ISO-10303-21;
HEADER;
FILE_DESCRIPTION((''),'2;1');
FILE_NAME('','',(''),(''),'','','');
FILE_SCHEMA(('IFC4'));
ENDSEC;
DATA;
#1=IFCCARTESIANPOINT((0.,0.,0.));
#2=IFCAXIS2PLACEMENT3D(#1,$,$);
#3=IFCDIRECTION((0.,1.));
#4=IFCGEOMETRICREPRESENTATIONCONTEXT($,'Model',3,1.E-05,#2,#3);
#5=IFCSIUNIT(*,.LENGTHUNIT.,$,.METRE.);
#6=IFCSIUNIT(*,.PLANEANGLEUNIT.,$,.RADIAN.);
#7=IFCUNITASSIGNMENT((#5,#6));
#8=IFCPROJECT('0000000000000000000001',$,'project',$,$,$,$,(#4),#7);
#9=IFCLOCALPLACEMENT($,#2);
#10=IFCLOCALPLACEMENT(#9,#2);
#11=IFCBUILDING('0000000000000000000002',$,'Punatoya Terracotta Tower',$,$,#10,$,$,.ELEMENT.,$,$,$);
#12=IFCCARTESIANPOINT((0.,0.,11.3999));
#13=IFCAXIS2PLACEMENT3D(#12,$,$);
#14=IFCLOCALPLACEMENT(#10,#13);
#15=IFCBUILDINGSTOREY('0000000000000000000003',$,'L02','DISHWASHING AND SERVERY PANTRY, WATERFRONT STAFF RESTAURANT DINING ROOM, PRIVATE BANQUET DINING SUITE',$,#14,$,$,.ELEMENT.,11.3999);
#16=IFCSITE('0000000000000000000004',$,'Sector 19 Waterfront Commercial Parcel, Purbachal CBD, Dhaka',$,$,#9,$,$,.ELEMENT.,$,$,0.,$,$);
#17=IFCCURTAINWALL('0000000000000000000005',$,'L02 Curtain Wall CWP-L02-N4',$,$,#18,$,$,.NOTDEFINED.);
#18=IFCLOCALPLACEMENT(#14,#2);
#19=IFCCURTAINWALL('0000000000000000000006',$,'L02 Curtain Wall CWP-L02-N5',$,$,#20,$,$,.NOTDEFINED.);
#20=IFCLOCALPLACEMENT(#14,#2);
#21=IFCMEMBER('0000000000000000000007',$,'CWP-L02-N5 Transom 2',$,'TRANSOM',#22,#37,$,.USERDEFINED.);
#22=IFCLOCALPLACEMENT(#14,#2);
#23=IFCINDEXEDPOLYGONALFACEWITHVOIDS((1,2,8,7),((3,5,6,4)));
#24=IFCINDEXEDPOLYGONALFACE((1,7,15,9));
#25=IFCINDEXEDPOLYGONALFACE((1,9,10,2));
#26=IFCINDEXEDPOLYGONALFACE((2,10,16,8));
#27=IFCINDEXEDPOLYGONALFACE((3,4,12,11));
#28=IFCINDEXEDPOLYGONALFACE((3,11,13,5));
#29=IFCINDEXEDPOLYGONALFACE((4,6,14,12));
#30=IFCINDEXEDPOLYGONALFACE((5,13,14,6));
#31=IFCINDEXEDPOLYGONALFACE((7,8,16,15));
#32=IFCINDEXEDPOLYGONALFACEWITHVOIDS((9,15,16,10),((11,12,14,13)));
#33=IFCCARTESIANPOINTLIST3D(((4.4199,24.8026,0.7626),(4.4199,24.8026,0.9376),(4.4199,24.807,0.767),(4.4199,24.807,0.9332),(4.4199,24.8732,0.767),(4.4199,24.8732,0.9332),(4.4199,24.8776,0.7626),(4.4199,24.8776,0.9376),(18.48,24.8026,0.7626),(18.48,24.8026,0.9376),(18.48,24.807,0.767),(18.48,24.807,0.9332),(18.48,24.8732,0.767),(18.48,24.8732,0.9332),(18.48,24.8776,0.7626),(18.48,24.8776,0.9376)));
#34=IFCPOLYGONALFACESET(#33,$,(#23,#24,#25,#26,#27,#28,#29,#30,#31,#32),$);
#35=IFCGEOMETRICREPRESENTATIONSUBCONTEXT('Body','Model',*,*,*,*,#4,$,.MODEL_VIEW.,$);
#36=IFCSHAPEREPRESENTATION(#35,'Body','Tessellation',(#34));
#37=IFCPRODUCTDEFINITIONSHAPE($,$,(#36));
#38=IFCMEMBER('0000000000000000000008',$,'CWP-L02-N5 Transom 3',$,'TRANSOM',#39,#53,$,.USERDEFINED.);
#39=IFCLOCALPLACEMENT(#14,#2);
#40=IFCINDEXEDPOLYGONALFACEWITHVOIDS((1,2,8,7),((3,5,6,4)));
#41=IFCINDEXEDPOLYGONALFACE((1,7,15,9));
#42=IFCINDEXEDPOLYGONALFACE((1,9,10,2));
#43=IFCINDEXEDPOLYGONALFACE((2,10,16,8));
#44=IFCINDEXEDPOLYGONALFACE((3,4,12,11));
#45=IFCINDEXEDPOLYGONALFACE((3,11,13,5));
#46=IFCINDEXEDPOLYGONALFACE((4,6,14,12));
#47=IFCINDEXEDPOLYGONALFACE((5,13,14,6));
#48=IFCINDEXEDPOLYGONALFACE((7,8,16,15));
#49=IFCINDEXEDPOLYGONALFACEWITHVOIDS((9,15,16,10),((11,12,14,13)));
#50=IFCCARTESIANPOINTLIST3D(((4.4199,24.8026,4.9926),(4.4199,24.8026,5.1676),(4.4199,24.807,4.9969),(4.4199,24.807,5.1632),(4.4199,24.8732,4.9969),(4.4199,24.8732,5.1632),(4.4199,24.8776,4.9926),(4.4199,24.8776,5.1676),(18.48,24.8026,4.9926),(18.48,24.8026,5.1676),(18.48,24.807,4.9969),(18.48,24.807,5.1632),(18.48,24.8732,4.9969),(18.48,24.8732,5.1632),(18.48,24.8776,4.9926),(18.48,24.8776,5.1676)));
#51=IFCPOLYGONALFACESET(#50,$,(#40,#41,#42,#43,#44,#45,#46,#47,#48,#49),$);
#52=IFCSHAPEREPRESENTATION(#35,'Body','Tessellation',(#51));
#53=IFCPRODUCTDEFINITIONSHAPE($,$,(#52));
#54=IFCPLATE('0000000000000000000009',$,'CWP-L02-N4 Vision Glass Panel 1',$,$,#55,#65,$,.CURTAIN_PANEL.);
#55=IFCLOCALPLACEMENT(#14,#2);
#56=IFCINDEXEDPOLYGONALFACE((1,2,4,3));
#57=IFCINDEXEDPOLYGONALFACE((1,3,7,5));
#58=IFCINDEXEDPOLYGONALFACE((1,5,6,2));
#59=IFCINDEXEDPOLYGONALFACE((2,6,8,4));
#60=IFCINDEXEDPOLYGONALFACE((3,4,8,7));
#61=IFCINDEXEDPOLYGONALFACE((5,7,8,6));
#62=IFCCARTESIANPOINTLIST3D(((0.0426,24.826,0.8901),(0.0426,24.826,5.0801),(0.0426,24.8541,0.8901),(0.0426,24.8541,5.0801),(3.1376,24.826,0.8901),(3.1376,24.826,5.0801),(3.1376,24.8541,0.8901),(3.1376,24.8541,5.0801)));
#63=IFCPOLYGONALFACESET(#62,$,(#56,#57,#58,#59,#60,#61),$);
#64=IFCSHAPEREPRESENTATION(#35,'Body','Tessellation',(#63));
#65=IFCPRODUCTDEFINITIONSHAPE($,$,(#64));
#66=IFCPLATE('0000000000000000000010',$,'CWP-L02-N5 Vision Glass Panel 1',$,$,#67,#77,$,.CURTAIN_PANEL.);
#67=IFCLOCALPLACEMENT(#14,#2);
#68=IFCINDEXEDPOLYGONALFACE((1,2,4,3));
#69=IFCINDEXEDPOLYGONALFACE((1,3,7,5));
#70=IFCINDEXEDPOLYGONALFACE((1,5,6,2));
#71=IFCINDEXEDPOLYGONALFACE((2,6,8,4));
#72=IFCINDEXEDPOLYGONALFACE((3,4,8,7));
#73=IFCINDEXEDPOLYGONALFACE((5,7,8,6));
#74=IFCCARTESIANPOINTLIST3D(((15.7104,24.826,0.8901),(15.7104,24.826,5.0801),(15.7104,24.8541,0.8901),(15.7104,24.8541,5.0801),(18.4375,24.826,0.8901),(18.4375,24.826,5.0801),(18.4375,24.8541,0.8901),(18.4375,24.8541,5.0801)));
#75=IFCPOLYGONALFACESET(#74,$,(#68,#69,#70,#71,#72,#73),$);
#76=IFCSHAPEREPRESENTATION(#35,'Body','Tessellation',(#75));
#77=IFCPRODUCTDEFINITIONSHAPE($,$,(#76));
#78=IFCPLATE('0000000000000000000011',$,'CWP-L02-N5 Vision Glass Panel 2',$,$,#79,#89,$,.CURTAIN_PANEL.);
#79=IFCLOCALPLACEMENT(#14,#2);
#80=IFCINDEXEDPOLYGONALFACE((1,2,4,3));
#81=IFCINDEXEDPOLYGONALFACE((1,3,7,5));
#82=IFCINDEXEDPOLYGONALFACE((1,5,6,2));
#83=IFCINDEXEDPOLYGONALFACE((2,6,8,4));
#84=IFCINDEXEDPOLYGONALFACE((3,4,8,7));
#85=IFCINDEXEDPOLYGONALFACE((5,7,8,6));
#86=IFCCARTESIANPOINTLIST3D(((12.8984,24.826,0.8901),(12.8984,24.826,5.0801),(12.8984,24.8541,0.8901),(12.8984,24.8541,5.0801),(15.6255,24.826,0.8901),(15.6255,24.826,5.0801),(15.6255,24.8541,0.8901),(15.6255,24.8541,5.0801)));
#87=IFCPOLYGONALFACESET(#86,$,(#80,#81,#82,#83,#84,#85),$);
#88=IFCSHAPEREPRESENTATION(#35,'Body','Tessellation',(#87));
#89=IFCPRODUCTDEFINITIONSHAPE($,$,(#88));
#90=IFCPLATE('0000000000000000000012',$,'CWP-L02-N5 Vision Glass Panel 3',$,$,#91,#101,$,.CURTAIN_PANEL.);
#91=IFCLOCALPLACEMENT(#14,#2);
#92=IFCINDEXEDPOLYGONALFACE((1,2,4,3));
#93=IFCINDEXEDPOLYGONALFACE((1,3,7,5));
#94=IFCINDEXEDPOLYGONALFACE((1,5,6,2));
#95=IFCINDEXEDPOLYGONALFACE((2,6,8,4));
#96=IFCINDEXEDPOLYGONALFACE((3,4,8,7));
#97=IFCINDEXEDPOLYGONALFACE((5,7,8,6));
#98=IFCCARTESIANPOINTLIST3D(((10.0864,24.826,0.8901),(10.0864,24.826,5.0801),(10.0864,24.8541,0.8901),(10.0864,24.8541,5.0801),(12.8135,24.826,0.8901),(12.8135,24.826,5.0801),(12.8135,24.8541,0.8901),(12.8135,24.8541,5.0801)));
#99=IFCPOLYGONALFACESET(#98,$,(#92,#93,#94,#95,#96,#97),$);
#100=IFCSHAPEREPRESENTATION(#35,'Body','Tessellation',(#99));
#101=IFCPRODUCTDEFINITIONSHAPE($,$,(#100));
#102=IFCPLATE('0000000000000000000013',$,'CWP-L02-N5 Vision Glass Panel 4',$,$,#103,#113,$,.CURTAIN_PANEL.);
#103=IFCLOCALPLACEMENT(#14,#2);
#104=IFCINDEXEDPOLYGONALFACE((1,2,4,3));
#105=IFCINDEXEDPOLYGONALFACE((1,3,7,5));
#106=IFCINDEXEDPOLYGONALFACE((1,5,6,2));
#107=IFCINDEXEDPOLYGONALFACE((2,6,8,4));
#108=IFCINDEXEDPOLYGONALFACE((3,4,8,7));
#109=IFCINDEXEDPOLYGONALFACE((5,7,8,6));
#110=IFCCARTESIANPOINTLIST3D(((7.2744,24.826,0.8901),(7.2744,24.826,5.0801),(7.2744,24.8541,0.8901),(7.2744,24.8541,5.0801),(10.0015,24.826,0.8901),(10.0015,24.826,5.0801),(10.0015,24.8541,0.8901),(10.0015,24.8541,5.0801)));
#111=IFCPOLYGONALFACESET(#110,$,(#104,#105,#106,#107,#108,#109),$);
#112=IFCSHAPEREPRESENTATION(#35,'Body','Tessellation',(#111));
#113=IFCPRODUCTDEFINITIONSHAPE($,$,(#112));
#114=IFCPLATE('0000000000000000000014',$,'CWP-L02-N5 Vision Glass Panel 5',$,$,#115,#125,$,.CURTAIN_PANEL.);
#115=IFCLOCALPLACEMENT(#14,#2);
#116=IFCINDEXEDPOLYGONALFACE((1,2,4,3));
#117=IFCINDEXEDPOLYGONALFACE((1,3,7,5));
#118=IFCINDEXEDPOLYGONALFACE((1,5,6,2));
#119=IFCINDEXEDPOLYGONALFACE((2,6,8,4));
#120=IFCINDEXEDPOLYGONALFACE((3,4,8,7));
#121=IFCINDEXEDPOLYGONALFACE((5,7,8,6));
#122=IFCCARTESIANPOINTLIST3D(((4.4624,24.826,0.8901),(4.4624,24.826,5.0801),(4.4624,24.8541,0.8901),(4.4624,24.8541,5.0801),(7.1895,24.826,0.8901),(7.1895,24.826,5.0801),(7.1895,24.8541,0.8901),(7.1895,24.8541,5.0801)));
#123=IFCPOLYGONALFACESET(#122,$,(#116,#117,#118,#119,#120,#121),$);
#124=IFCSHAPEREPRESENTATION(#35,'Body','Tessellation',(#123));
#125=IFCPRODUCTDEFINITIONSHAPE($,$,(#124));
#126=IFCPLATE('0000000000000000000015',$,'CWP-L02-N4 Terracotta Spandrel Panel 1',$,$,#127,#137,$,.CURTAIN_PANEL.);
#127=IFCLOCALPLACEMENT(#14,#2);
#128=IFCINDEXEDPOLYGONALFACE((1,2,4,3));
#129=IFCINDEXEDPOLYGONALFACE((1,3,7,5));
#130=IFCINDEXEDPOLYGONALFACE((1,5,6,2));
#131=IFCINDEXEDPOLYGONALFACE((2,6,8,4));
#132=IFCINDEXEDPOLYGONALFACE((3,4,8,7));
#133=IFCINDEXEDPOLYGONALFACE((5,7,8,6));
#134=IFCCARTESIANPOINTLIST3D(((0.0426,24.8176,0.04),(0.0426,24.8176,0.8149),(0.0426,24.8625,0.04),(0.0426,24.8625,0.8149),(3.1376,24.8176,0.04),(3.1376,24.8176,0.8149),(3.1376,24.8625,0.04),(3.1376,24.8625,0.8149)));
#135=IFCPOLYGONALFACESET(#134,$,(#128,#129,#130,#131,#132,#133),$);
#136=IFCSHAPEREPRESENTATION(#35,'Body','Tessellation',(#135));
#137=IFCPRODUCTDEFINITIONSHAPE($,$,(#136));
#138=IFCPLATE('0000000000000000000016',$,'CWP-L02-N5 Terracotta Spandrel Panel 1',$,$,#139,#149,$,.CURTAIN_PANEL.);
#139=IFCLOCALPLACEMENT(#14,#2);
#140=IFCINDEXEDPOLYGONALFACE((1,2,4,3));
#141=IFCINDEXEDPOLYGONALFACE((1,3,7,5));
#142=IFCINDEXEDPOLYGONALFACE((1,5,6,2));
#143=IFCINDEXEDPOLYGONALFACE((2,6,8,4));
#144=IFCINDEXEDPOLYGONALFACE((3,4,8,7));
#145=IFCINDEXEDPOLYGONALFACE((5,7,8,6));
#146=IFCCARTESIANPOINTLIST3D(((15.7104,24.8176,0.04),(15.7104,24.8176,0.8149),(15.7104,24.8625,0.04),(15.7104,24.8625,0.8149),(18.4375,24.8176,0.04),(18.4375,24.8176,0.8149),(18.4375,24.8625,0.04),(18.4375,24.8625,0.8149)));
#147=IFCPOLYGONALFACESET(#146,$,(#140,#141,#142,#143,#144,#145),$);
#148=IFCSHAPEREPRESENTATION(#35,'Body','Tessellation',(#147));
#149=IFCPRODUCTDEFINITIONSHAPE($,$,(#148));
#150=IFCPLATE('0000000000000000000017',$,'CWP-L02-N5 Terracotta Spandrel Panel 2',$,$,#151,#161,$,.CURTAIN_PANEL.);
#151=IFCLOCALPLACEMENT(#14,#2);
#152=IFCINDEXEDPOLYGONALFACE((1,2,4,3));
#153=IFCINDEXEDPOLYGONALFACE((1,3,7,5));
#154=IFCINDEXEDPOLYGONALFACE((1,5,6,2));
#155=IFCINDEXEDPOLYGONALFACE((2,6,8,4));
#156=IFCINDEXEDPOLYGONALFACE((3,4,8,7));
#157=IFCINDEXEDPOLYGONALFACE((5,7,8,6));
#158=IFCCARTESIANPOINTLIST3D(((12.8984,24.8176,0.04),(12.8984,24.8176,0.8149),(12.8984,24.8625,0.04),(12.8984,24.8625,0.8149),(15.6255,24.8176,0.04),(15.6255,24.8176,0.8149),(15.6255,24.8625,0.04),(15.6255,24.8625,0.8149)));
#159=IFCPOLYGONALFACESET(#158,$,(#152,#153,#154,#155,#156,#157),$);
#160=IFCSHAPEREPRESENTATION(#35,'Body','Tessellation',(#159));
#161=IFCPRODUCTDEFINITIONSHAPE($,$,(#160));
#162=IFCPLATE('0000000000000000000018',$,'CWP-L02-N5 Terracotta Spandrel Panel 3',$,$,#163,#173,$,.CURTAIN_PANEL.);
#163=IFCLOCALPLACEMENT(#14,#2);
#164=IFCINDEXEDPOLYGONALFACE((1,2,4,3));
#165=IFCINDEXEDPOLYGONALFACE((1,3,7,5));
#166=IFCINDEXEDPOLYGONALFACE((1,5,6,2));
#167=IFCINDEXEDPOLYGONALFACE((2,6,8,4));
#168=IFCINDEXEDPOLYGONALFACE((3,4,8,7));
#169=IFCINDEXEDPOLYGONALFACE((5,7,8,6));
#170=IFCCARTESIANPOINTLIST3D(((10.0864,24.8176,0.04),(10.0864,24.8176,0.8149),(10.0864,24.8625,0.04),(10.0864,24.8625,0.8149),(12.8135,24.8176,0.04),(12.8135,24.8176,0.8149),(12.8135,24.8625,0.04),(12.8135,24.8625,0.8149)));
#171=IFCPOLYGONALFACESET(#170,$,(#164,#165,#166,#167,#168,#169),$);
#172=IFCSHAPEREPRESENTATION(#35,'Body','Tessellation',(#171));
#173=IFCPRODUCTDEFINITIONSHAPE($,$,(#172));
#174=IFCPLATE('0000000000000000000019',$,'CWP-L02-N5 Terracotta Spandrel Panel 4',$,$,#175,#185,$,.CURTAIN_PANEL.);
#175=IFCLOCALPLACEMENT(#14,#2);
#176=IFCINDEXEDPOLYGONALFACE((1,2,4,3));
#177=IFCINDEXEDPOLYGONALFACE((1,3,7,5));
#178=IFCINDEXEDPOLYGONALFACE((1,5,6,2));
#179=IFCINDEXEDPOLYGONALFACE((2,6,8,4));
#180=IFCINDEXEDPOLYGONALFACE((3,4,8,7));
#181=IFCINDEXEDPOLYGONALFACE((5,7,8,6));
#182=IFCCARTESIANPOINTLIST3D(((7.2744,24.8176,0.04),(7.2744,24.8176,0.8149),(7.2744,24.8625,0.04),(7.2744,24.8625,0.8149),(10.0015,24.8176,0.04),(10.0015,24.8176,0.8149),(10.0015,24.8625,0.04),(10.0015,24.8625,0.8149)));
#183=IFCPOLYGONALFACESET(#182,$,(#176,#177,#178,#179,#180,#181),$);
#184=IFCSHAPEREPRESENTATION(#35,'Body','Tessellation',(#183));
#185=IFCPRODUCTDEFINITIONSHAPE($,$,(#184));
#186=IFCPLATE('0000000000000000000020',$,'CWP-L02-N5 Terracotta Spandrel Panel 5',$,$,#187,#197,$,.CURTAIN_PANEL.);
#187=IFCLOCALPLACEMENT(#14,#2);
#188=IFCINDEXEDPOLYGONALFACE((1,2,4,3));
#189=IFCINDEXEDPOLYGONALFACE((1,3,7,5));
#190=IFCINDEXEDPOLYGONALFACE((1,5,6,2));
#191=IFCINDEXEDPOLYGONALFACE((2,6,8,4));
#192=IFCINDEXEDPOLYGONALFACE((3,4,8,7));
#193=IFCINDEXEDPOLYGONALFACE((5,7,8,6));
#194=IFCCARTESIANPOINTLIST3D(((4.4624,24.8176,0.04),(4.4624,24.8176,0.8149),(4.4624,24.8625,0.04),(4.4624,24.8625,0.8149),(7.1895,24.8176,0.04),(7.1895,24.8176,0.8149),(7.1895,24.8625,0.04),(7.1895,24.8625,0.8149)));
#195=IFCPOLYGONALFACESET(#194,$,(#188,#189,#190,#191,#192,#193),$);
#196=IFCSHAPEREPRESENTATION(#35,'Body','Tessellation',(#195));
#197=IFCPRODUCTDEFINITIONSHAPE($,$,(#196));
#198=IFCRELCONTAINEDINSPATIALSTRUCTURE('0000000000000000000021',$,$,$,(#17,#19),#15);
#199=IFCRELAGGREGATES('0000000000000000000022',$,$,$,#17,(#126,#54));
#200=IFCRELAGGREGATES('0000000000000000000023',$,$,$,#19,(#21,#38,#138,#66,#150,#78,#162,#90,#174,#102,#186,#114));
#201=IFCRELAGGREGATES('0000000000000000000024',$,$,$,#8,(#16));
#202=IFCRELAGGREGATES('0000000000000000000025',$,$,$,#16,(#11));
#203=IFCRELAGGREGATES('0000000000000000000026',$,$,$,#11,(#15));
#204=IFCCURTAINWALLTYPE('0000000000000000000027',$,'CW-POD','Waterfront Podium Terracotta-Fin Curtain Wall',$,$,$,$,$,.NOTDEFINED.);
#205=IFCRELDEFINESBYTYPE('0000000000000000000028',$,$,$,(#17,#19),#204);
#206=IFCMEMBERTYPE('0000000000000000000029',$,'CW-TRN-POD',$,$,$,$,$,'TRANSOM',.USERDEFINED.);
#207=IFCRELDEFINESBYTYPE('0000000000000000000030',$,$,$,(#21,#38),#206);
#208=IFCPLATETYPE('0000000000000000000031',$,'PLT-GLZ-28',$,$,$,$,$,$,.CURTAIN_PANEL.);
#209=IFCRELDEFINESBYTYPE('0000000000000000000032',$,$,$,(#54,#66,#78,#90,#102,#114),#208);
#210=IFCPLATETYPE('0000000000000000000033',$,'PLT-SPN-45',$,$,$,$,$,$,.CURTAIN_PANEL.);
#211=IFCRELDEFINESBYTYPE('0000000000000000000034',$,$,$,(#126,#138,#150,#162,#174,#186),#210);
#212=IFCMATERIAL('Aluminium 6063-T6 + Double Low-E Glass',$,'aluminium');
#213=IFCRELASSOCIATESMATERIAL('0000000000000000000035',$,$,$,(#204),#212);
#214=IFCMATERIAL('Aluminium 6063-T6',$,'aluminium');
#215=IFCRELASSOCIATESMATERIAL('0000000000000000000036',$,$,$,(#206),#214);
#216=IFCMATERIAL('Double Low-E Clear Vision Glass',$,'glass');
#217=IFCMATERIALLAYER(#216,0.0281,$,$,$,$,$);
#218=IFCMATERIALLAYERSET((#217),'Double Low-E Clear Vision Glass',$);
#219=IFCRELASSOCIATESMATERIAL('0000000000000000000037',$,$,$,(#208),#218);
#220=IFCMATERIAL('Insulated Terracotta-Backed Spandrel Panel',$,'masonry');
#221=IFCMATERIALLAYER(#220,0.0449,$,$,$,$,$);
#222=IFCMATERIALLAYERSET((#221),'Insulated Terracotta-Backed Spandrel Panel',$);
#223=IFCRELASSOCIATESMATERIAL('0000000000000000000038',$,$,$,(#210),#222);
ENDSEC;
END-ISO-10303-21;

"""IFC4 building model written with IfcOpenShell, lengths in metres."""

from ifc_helpers import new_model, si_unit, direction, frame, origin, origin_2d, place, context, subcontext, project, spatial, rectangle, hollow_rectangle, extrude, material, layer, layer_set, material_profile, profile_set, type_object, element, aggregate, save


model = new_model("IFC4")

# Units and contexts
model_context = context("Model", 3, precision=1e-05, world=origin(), true_north=direction((0.0, 1.0)))
body_context = subcontext(model_context, "Body", "Model", "MODEL_VIEW")
ifc_project = project(units=[si_unit("LENGTHUNIT", "METRE"), si_unit("PLANEANGLEUNIT", "RADIAN")], contexts=[model_context])

# Site, building, storey
site_placement = place(None, origin())
site = spatial("IfcSite", under=ifc_project, at=site_placement, Name="Sector 19 Waterfront Commercial Parcel, Purbachal CBD, Dhaka", CompositionType="ELEMENT", RefElevation=0.0)
building_placement = place(site_placement, origin())
building = spatial("IfcBuilding", under=site, at=building_placement, Name="Punatoya Terracotta Tower", CompositionType="ELEMENT")
storey_placement = place(building_placement, frame((0.0, 0.0, 11.3999)))
storey = spatial("IfcBuildingStorey", under=building, at=storey_placement, Name="L02", Description="DISHWASHING AND SERVERY PANTRY, WATERFRONT STAFF RESTAURANT DINING ROOM, PRIVATE BANQUET DINING SUITE", CompositionType="ELEMENT", Elevation=11.3999)

# Curtain wall
ifc_material_1 = material(Name="Aluminium 6063-T6 + Double Low-E Glass", Category="aluminium")
curtain_wall_type = type_object("IfcCurtainWallType", Name="CW-POD", Description="Waterfront Podium Terracotta-Fin Curtain Wall", PredefinedType="NOTDEFINED", material=ifc_material_1)
curtain_wall_1_placement = place(storey_placement, origin())
curtain_wall_1 = element("IfcCurtainWall", 1, at=curtain_wall_1_placement, inside=storey, type_object=curtain_wall_type, Name="L02 Curtain Wall CWP-L02-N4", PredefinedType="NOTDEFINED")
ifc_material_2 = material(Name="Aluminium 6063-T6", Category="aluminium")

# Curtain wall
curtain_wall_2_placement = place(storey_placement, origin())
curtain_wall_2 = element("IfcCurtainWall", 2, at=curtain_wall_2_placement, inside=storey, type_object=curtain_wall_type, Name="L02 Curtain Wall CWP-L02-N5", PredefinedType="NOTDEFINED")

# Members
ifc_material_profile_1 = material_profile(ifc_material_2, hollow_rectangle(XDim=0.075, YDim=0.175, WallThickness=0.0044, at=origin_2d()))
ifc_profile_set_1 = profile_set([ifc_material_profile_1], Name="Aluminium 6063-T6")
member_type_1 = type_object("IfcMemberType", Name="CW-TRN-POD", ElementType="TRANSOM", PredefinedType="USERDEFINED", material=ifc_profile_set_1)
member_1_placement = place(storey_placement, frame((18.48, 24.8401, 0.8501), z_axis=(-1.0, 0.0, 0.0), x_axis=(0.0, -1.0, 0.0)))
member_1 = element("IfcMember", 3, at=member_1_placement, type_object=member_type_1, Name="CWP-L02-N5 Transom 2", ObjectType="TRANSOM", PredefinedType="USERDEFINED", context=body_context, shape_type="SweptSolid", body=[
    extrude(hollow_rectangle(XDim=0.075, YDim=0.175, WallThickness=0.0044, at=origin_2d()), origin(), (0.0, 0.0, 1.0), 14.0601),
])
member_2_placement = place(storey_placement, frame((18.48, 24.8401, 5.0801), z_axis=(-1.0, 0.0, 0.0), x_axis=(0.0, -1.0, 0.0)))
member_2 = element("IfcMember", 4, at=member_2_placement, type_object=member_type_1, Name="CWP-L02-N5 Transom 3", ObjectType="TRANSOM", PredefinedType="USERDEFINED", context=body_context, shape_type="SweptSolid", body=[
    extrude(hollow_rectangle(XDim=0.075, YDim=0.175, WallThickness=0.0044, at=origin_2d()), origin(), (0.0, 0.0, 1.0), 14.0601),
])

# Plates
ifc_material_3 = material(Name="Double Low-E Clear Vision Glass", Category="glass")
ifc_layer_1 = layer(ifc_material_3, 0.0281)
ifc_layer_set_1 = layer_set([ifc_layer_1], Name="Double Low-E Clear Vision Glass")
plate_type_1 = type_object("IfcPlateType", Name="PLT-GLZ-28", PredefinedType="CURTAIN_PANEL", material=ifc_layer_set_1)
plate_1_placement = place(storey_placement, frame((1.5901, 24.8401, 0.8901), z_axis=(0.0, 0.0, 1.0), x_axis=(-1.0, 0.0, 0.0)))
plate_1 = element("IfcPlate", 5, at=plate_1_placement, type_object=plate_type_1, Name="CWP-L02-N4 Vision Glass Panel 1", PredefinedType="CURTAIN_PANEL", context=body_context, shape_type="SweptSolid", body=[
    extrude(rectangle(XDim=3.095, YDim=0.0281, at=origin_2d()), origin(), (0.0, 0.0, 1.0), 4.1899),
])
plate_2_placement = place(storey_placement, frame((17.074, 24.8401, 0.8901), z_axis=(0.0, 0.0, 1.0), x_axis=(-1.0, 0.0, 0.0)))
plate_2 = element("IfcPlate", 6, at=plate_2_placement, type_object=plate_type_1, Name="CWP-L02-N5 Vision Glass Panel 1", PredefinedType="CURTAIN_PANEL", context=body_context, shape_type="SweptSolid", body=[
    extrude(rectangle(XDim=2.7271, YDim=0.0281, at=origin_2d()), origin(), (0.0, 0.0, 1.0), 4.1899),
])
plate_3_placement = place(storey_placement, frame((14.262, 24.8401, 0.8901), z_axis=(0.0, 0.0, 1.0), x_axis=(-1.0, 0.0, 0.0)))
plate_3 = element("IfcPlate", 7, at=plate_3_placement, type_object=plate_type_1, Name="CWP-L02-N5 Vision Glass Panel 2", PredefinedType="CURTAIN_PANEL", context=body_context, shape_type="SweptSolid", body=[
    extrude(rectangle(XDim=2.7271, YDim=0.0281, at=origin_2d()), origin(), (0.0, 0.0, 1.0), 4.1899),
])
plate_4_placement = place(storey_placement, frame((11.45, 24.8401, 0.8901), z_axis=(0.0, 0.0, 1.0), x_axis=(-1.0, 0.0, 0.0)))
plate_4 = element("IfcPlate", 8, at=plate_4_placement, type_object=plate_type_1, Name="CWP-L02-N5 Vision Glass Panel 3", PredefinedType="CURTAIN_PANEL", context=body_context, shape_type="SweptSolid", body=[
    extrude(rectangle(XDim=2.7271, YDim=0.0281, at=origin_2d()), origin(), (0.0, 0.0, 1.0), 4.1899),
])
plate_5_placement = place(storey_placement, frame((8.6379, 24.8401, 0.8901), z_axis=(0.0, 0.0, 1.0), x_axis=(-1.0, 0.0, 0.0)))
plate_5 = element("IfcPlate", 9, at=plate_5_placement, type_object=plate_type_1, Name="CWP-L02-N5 Vision Glass Panel 4", PredefinedType="CURTAIN_PANEL", context=body_context, shape_type="SweptSolid", body=[
    extrude(rectangle(XDim=2.7271, YDim=0.0281, at=origin_2d()), origin(), (0.0, 0.0, 1.0), 4.1899),
])
plate_6_placement = place(storey_placement, frame((5.8259, 24.8401, 0.8901), z_axis=(0.0, 0.0, 1.0), x_axis=(-1.0, 0.0, 0.0)))
plate_6 = element("IfcPlate", 10, at=plate_6_placement, type_object=plate_type_1, Name="CWP-L02-N5 Vision Glass Panel 5", PredefinedType="CURTAIN_PANEL", context=body_context, shape_type="SweptSolid", body=[
    extrude(rectangle(XDim=2.7271, YDim=0.0281, at=origin_2d()), origin(), (0.0, 0.0, 1.0), 4.1899),
])
ifc_material_4 = material(Name="Insulated Terracotta-Backed Spandrel Panel", Category="masonry")
ifc_layer_2 = layer(ifc_material_4, 0.0449)
ifc_layer_set_2 = layer_set([ifc_layer_2], Name="Insulated Terracotta-Backed Spandrel Panel")
plate_type_2 = type_object("IfcPlateType", Name="PLT-SPN-45", PredefinedType="CURTAIN_PANEL", material=ifc_layer_set_2)
plate_7_placement = place(storey_placement, frame((1.5901, 24.8401, 0.04), z_axis=(0.0, 0.0, 1.0), x_axis=(-1.0, 0.0, 0.0)))
plate_7 = element("IfcPlate", 11, at=plate_7_placement, type_object=plate_type_2, Name="CWP-L02-N4 Terracotta Spandrel Panel 1", PredefinedType="CURTAIN_PANEL", context=body_context, shape_type="SweptSolid", body=[
    extrude(rectangle(XDim=3.095, YDim=0.0449, at=origin_2d()), origin(), (0.0, 0.0, 1.0), 0.7749),
])
aggregate(curtain_wall_1, [plate_7, plate_1])
plate_8_placement = place(storey_placement, frame((17.074, 24.8401, 0.04), z_axis=(0.0, 0.0, 1.0), x_axis=(-1.0, 0.0, 0.0)))
plate_8 = element("IfcPlate", 12, at=plate_8_placement, type_object=plate_type_2, Name="CWP-L02-N5 Terracotta Spandrel Panel 1", PredefinedType="CURTAIN_PANEL", context=body_context, shape_type="SweptSolid", body=[
    extrude(rectangle(XDim=2.7271, YDim=0.0449, at=origin_2d()), origin(), (0.0, 0.0, 1.0), 0.7749),
])
plate_9_placement = place(storey_placement, frame((14.262, 24.8401, 0.04), z_axis=(0.0, 0.0, 1.0), x_axis=(-1.0, 0.0, 0.0)))
plate_9 = element("IfcPlate", 13, at=plate_9_placement, type_object=plate_type_2, Name="CWP-L02-N5 Terracotta Spandrel Panel 2", PredefinedType="CURTAIN_PANEL", context=body_context, shape_type="SweptSolid", body=[
    extrude(rectangle(XDim=2.7271, YDim=0.0449, at=origin_2d()), origin(), (0.0, 0.0, 1.0), 0.7749),
])
plate_10_placement = place(storey_placement, frame((11.45, 24.8401, 0.04), z_axis=(0.0, 0.0, 1.0), x_axis=(-1.0, 0.0, 0.0)))
plate_10 = element("IfcPlate", 14, at=plate_10_placement, type_object=plate_type_2, Name="CWP-L02-N5 Terracotta Spandrel Panel 3", PredefinedType="CURTAIN_PANEL", context=body_context, shape_type="SweptSolid", body=[
    extrude(rectangle(XDim=2.7271, YDim=0.0449, at=origin_2d()), origin(), (0.0, 0.0, 1.0), 0.7749),
])
plate_11_placement = place(storey_placement, frame((8.6379, 24.8401, 0.04), z_axis=(0.0, 0.0, 1.0), x_axis=(-1.0, 0.0, 0.0)))
plate_11 = element("IfcPlate", 15, at=plate_11_placement, type_object=plate_type_2, Name="CWP-L02-N5 Terracotta Spandrel Panel 4", PredefinedType="CURTAIN_PANEL", context=body_context, shape_type="SweptSolid", body=[
    extrude(rectangle(XDim=2.7271, YDim=0.0449, at=origin_2d()), origin(), (0.0, 0.0, 1.0), 0.7749),
])
plate_12_placement = place(storey_placement, frame((5.8259, 24.8401, 0.04), z_axis=(0.0, 0.0, 1.0), x_axis=(-1.0, 0.0, 0.0)))
plate_12 = element("IfcPlate", 16, at=plate_12_placement, type_object=plate_type_2, Name="CWP-L02-N5 Terracotta Spandrel Panel 5", PredefinedType="CURTAIN_PANEL", context=body_context, shape_type="SweptSolid", body=[
    extrude(rectangle(XDim=2.7271, YDim=0.0449, at=origin_2d()), origin(), (0.0, 0.0, 1.0), 0.7749),
])
aggregate(curtain_wall_2, [member_1, member_2, plate_8, plate_2, plate_9, plate_3, plate_10, plate_4, plate_11, plate_5, plate_12, plate_6])

save(model, "model.ifc")
